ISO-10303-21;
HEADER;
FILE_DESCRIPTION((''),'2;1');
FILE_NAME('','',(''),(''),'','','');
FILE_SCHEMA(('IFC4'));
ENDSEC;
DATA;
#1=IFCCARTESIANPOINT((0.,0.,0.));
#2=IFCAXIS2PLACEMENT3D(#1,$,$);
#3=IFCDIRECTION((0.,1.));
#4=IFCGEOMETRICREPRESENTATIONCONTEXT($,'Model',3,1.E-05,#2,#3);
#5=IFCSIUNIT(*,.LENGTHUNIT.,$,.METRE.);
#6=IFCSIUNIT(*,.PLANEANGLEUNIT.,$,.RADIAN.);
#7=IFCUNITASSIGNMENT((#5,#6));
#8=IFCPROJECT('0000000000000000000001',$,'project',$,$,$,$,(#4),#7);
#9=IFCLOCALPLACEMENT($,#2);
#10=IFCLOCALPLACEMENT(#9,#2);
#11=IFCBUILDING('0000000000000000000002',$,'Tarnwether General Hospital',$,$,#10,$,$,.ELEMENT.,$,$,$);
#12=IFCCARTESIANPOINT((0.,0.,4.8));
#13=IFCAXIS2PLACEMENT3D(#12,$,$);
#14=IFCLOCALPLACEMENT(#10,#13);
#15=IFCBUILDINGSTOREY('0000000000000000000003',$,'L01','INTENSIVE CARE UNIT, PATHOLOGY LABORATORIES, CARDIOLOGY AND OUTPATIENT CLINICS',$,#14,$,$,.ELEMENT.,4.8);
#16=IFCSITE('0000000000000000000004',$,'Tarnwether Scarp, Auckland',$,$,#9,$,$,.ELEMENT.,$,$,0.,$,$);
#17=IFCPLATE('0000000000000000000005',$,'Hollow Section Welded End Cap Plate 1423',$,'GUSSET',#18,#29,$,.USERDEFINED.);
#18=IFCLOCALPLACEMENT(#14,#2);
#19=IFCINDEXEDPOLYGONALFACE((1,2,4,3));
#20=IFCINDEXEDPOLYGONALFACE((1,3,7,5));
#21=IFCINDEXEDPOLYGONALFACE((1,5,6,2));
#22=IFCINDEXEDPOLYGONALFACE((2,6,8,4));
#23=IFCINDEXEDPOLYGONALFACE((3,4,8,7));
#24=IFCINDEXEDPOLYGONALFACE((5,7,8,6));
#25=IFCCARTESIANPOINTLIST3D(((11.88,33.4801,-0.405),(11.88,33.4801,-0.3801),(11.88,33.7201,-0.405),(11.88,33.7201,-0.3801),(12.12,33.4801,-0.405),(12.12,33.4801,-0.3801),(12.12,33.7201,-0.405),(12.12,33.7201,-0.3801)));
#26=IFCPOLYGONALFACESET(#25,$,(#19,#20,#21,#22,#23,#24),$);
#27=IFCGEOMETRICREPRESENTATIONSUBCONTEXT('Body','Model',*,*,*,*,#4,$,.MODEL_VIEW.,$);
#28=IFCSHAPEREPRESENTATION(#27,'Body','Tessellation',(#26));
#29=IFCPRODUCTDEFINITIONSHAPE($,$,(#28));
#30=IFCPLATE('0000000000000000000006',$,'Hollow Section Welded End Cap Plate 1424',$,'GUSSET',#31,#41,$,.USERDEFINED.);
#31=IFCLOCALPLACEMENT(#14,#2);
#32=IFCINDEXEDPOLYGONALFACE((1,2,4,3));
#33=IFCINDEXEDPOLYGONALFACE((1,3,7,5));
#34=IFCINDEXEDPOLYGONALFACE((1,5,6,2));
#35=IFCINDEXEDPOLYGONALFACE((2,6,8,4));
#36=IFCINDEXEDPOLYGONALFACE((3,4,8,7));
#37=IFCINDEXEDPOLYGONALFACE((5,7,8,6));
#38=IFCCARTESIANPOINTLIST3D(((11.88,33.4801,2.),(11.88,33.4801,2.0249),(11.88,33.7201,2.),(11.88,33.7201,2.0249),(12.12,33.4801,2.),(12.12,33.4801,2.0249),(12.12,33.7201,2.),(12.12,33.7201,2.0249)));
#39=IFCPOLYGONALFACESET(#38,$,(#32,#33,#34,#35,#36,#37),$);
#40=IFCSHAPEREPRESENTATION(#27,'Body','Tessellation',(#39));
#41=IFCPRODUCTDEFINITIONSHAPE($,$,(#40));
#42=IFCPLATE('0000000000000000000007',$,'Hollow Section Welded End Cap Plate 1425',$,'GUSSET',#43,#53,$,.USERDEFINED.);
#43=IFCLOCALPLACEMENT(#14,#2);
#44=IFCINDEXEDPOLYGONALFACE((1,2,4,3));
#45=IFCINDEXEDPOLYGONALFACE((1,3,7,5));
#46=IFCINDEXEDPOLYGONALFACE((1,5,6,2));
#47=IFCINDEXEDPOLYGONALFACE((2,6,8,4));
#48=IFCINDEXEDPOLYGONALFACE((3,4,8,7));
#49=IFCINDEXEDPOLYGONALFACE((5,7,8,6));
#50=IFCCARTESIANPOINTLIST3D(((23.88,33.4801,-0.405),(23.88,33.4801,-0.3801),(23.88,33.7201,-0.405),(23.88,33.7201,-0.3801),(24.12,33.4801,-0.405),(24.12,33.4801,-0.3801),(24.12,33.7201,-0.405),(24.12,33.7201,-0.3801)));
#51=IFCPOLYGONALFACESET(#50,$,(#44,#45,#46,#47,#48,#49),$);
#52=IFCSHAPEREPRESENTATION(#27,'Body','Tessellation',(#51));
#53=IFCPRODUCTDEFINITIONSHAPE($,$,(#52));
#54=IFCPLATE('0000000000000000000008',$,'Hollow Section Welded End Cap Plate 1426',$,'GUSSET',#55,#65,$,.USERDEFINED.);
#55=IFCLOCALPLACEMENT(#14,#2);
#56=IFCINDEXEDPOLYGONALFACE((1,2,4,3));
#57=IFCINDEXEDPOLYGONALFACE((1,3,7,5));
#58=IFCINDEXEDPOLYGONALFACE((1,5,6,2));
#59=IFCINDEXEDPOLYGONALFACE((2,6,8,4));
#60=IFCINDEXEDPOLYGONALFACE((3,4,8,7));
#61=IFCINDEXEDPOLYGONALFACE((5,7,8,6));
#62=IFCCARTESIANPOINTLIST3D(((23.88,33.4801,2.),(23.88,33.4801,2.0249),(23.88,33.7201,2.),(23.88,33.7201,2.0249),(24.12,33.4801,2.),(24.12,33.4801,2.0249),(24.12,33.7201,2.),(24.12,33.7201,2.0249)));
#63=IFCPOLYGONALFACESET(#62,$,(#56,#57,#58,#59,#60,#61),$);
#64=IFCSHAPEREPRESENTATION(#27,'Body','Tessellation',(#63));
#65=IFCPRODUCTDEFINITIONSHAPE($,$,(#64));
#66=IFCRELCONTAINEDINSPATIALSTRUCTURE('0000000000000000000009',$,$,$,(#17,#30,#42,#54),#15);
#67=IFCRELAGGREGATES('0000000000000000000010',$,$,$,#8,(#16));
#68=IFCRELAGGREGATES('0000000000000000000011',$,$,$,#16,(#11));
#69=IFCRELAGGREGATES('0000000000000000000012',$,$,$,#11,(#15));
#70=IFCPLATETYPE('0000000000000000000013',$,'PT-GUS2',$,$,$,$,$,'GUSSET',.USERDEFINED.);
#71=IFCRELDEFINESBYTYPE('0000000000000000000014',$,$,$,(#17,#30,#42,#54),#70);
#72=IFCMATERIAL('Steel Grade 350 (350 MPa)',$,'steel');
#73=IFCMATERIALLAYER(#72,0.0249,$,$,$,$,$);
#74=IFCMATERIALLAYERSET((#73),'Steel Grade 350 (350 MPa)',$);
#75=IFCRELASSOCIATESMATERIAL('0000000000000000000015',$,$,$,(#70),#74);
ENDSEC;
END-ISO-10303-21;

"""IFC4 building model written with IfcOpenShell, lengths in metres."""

from ifc_helpers import new_model, si_unit, direction, frame, origin, origin_2d, place, context, subcontext, project, spatial, rectangle, extrude, material, layer, layer_set, type_object, element, save


model = new_model("IFC4")

# Units and contexts
model_context = context("Model", 3, precision=1e-05, world=origin(), true_north=direction((0.0, 1.0)))
body_context = subcontext(model_context, "Body", "Model", "MODEL_VIEW")
ifc_project = project(units=[si_unit("LENGTHUNIT", "METRE"), si_unit("PLANEANGLEUNIT", "RADIAN")], contexts=[model_context])

# Site, building, storey
site_placement = place(None, origin())
site = spatial("IfcSite", under=ifc_project, at=site_placement, Name="Tarnwether Scarp, Auckland", CompositionType="ELEMENT", RefElevation=0.0)
building_placement = place(site_placement, origin())
building = spatial("IfcBuilding", under=site, at=building_placement, Name="Tarnwether General Hospital", CompositionType="ELEMENT")
storey_placement = place(building_placement, frame((0.0, 0.0, 4.8)))
storey = spatial("IfcBuildingStorey", under=building, at=storey_placement, Name="L01", Description="INTENSIVE CARE UNIT, PATHOLOGY LABORATORIES, CARDIOLOGY AND OUTPATIENT CLINICS", CompositionType="ELEMENT", Elevation=4.8)

# Plates
ifc_material_1 = material(Name="Steel Grade 350 (350 MPa)", Category="steel")
ifc_layer_1 = layer(ifc_material_1, 0.0249)
ifc_layer_set_1 = layer_set([ifc_layer_1], Name="Steel Grade 350 (350 MPa)")
plate_type_1 = type_object("IfcPlateType", Name="PT-GUS2", ElementType="GUSSET", PredefinedType="USERDEFINED", material=ifc_layer_set_1)
for number, where, z_axis, x_axis, name in (
    (1, (12.0, 33.6001, -0.405), (0.0, 0.0, 1.0), (1.0, 0.0, 0.0), "Hollow Section Welded End Cap Plate 1423"),
    (2, (12.0, 33.6001, 2.0), (0.0, 0.0, 1.0), (1.0, 0.0, 0.0), "Hollow Section Welded End Cap Plate 1424"),
    (3, (24.0, 33.6001, -0.405), (0.0, 0.0, 1.0), (1.0, 0.0, 0.0), "Hollow Section Welded End Cap Plate 1425"),
    (4, (24.0, 33.6001, 2.0), (0.0, 0.0, 1.0), (1.0, 0.0, 0.0), "Hollow Section Welded End Cap Plate 1426"),
):
    element("IfcPlate", number, at=place(storey_placement, frame(where, z_axis=z_axis, x_axis=x_axis)), inside=storey, type_object=plate_type_1, Name=name, ObjectType="GUSSET", PredefinedType="USERDEFINED", context=body_context, shape_type="SweptSolid", body=[
        extrude(rectangle(XDim=0.24, YDim=0.24, at=origin_2d()), origin(), (0.0, 0.0, 1.0), 0.0249),
    ])

save(model, "model.ifc")
